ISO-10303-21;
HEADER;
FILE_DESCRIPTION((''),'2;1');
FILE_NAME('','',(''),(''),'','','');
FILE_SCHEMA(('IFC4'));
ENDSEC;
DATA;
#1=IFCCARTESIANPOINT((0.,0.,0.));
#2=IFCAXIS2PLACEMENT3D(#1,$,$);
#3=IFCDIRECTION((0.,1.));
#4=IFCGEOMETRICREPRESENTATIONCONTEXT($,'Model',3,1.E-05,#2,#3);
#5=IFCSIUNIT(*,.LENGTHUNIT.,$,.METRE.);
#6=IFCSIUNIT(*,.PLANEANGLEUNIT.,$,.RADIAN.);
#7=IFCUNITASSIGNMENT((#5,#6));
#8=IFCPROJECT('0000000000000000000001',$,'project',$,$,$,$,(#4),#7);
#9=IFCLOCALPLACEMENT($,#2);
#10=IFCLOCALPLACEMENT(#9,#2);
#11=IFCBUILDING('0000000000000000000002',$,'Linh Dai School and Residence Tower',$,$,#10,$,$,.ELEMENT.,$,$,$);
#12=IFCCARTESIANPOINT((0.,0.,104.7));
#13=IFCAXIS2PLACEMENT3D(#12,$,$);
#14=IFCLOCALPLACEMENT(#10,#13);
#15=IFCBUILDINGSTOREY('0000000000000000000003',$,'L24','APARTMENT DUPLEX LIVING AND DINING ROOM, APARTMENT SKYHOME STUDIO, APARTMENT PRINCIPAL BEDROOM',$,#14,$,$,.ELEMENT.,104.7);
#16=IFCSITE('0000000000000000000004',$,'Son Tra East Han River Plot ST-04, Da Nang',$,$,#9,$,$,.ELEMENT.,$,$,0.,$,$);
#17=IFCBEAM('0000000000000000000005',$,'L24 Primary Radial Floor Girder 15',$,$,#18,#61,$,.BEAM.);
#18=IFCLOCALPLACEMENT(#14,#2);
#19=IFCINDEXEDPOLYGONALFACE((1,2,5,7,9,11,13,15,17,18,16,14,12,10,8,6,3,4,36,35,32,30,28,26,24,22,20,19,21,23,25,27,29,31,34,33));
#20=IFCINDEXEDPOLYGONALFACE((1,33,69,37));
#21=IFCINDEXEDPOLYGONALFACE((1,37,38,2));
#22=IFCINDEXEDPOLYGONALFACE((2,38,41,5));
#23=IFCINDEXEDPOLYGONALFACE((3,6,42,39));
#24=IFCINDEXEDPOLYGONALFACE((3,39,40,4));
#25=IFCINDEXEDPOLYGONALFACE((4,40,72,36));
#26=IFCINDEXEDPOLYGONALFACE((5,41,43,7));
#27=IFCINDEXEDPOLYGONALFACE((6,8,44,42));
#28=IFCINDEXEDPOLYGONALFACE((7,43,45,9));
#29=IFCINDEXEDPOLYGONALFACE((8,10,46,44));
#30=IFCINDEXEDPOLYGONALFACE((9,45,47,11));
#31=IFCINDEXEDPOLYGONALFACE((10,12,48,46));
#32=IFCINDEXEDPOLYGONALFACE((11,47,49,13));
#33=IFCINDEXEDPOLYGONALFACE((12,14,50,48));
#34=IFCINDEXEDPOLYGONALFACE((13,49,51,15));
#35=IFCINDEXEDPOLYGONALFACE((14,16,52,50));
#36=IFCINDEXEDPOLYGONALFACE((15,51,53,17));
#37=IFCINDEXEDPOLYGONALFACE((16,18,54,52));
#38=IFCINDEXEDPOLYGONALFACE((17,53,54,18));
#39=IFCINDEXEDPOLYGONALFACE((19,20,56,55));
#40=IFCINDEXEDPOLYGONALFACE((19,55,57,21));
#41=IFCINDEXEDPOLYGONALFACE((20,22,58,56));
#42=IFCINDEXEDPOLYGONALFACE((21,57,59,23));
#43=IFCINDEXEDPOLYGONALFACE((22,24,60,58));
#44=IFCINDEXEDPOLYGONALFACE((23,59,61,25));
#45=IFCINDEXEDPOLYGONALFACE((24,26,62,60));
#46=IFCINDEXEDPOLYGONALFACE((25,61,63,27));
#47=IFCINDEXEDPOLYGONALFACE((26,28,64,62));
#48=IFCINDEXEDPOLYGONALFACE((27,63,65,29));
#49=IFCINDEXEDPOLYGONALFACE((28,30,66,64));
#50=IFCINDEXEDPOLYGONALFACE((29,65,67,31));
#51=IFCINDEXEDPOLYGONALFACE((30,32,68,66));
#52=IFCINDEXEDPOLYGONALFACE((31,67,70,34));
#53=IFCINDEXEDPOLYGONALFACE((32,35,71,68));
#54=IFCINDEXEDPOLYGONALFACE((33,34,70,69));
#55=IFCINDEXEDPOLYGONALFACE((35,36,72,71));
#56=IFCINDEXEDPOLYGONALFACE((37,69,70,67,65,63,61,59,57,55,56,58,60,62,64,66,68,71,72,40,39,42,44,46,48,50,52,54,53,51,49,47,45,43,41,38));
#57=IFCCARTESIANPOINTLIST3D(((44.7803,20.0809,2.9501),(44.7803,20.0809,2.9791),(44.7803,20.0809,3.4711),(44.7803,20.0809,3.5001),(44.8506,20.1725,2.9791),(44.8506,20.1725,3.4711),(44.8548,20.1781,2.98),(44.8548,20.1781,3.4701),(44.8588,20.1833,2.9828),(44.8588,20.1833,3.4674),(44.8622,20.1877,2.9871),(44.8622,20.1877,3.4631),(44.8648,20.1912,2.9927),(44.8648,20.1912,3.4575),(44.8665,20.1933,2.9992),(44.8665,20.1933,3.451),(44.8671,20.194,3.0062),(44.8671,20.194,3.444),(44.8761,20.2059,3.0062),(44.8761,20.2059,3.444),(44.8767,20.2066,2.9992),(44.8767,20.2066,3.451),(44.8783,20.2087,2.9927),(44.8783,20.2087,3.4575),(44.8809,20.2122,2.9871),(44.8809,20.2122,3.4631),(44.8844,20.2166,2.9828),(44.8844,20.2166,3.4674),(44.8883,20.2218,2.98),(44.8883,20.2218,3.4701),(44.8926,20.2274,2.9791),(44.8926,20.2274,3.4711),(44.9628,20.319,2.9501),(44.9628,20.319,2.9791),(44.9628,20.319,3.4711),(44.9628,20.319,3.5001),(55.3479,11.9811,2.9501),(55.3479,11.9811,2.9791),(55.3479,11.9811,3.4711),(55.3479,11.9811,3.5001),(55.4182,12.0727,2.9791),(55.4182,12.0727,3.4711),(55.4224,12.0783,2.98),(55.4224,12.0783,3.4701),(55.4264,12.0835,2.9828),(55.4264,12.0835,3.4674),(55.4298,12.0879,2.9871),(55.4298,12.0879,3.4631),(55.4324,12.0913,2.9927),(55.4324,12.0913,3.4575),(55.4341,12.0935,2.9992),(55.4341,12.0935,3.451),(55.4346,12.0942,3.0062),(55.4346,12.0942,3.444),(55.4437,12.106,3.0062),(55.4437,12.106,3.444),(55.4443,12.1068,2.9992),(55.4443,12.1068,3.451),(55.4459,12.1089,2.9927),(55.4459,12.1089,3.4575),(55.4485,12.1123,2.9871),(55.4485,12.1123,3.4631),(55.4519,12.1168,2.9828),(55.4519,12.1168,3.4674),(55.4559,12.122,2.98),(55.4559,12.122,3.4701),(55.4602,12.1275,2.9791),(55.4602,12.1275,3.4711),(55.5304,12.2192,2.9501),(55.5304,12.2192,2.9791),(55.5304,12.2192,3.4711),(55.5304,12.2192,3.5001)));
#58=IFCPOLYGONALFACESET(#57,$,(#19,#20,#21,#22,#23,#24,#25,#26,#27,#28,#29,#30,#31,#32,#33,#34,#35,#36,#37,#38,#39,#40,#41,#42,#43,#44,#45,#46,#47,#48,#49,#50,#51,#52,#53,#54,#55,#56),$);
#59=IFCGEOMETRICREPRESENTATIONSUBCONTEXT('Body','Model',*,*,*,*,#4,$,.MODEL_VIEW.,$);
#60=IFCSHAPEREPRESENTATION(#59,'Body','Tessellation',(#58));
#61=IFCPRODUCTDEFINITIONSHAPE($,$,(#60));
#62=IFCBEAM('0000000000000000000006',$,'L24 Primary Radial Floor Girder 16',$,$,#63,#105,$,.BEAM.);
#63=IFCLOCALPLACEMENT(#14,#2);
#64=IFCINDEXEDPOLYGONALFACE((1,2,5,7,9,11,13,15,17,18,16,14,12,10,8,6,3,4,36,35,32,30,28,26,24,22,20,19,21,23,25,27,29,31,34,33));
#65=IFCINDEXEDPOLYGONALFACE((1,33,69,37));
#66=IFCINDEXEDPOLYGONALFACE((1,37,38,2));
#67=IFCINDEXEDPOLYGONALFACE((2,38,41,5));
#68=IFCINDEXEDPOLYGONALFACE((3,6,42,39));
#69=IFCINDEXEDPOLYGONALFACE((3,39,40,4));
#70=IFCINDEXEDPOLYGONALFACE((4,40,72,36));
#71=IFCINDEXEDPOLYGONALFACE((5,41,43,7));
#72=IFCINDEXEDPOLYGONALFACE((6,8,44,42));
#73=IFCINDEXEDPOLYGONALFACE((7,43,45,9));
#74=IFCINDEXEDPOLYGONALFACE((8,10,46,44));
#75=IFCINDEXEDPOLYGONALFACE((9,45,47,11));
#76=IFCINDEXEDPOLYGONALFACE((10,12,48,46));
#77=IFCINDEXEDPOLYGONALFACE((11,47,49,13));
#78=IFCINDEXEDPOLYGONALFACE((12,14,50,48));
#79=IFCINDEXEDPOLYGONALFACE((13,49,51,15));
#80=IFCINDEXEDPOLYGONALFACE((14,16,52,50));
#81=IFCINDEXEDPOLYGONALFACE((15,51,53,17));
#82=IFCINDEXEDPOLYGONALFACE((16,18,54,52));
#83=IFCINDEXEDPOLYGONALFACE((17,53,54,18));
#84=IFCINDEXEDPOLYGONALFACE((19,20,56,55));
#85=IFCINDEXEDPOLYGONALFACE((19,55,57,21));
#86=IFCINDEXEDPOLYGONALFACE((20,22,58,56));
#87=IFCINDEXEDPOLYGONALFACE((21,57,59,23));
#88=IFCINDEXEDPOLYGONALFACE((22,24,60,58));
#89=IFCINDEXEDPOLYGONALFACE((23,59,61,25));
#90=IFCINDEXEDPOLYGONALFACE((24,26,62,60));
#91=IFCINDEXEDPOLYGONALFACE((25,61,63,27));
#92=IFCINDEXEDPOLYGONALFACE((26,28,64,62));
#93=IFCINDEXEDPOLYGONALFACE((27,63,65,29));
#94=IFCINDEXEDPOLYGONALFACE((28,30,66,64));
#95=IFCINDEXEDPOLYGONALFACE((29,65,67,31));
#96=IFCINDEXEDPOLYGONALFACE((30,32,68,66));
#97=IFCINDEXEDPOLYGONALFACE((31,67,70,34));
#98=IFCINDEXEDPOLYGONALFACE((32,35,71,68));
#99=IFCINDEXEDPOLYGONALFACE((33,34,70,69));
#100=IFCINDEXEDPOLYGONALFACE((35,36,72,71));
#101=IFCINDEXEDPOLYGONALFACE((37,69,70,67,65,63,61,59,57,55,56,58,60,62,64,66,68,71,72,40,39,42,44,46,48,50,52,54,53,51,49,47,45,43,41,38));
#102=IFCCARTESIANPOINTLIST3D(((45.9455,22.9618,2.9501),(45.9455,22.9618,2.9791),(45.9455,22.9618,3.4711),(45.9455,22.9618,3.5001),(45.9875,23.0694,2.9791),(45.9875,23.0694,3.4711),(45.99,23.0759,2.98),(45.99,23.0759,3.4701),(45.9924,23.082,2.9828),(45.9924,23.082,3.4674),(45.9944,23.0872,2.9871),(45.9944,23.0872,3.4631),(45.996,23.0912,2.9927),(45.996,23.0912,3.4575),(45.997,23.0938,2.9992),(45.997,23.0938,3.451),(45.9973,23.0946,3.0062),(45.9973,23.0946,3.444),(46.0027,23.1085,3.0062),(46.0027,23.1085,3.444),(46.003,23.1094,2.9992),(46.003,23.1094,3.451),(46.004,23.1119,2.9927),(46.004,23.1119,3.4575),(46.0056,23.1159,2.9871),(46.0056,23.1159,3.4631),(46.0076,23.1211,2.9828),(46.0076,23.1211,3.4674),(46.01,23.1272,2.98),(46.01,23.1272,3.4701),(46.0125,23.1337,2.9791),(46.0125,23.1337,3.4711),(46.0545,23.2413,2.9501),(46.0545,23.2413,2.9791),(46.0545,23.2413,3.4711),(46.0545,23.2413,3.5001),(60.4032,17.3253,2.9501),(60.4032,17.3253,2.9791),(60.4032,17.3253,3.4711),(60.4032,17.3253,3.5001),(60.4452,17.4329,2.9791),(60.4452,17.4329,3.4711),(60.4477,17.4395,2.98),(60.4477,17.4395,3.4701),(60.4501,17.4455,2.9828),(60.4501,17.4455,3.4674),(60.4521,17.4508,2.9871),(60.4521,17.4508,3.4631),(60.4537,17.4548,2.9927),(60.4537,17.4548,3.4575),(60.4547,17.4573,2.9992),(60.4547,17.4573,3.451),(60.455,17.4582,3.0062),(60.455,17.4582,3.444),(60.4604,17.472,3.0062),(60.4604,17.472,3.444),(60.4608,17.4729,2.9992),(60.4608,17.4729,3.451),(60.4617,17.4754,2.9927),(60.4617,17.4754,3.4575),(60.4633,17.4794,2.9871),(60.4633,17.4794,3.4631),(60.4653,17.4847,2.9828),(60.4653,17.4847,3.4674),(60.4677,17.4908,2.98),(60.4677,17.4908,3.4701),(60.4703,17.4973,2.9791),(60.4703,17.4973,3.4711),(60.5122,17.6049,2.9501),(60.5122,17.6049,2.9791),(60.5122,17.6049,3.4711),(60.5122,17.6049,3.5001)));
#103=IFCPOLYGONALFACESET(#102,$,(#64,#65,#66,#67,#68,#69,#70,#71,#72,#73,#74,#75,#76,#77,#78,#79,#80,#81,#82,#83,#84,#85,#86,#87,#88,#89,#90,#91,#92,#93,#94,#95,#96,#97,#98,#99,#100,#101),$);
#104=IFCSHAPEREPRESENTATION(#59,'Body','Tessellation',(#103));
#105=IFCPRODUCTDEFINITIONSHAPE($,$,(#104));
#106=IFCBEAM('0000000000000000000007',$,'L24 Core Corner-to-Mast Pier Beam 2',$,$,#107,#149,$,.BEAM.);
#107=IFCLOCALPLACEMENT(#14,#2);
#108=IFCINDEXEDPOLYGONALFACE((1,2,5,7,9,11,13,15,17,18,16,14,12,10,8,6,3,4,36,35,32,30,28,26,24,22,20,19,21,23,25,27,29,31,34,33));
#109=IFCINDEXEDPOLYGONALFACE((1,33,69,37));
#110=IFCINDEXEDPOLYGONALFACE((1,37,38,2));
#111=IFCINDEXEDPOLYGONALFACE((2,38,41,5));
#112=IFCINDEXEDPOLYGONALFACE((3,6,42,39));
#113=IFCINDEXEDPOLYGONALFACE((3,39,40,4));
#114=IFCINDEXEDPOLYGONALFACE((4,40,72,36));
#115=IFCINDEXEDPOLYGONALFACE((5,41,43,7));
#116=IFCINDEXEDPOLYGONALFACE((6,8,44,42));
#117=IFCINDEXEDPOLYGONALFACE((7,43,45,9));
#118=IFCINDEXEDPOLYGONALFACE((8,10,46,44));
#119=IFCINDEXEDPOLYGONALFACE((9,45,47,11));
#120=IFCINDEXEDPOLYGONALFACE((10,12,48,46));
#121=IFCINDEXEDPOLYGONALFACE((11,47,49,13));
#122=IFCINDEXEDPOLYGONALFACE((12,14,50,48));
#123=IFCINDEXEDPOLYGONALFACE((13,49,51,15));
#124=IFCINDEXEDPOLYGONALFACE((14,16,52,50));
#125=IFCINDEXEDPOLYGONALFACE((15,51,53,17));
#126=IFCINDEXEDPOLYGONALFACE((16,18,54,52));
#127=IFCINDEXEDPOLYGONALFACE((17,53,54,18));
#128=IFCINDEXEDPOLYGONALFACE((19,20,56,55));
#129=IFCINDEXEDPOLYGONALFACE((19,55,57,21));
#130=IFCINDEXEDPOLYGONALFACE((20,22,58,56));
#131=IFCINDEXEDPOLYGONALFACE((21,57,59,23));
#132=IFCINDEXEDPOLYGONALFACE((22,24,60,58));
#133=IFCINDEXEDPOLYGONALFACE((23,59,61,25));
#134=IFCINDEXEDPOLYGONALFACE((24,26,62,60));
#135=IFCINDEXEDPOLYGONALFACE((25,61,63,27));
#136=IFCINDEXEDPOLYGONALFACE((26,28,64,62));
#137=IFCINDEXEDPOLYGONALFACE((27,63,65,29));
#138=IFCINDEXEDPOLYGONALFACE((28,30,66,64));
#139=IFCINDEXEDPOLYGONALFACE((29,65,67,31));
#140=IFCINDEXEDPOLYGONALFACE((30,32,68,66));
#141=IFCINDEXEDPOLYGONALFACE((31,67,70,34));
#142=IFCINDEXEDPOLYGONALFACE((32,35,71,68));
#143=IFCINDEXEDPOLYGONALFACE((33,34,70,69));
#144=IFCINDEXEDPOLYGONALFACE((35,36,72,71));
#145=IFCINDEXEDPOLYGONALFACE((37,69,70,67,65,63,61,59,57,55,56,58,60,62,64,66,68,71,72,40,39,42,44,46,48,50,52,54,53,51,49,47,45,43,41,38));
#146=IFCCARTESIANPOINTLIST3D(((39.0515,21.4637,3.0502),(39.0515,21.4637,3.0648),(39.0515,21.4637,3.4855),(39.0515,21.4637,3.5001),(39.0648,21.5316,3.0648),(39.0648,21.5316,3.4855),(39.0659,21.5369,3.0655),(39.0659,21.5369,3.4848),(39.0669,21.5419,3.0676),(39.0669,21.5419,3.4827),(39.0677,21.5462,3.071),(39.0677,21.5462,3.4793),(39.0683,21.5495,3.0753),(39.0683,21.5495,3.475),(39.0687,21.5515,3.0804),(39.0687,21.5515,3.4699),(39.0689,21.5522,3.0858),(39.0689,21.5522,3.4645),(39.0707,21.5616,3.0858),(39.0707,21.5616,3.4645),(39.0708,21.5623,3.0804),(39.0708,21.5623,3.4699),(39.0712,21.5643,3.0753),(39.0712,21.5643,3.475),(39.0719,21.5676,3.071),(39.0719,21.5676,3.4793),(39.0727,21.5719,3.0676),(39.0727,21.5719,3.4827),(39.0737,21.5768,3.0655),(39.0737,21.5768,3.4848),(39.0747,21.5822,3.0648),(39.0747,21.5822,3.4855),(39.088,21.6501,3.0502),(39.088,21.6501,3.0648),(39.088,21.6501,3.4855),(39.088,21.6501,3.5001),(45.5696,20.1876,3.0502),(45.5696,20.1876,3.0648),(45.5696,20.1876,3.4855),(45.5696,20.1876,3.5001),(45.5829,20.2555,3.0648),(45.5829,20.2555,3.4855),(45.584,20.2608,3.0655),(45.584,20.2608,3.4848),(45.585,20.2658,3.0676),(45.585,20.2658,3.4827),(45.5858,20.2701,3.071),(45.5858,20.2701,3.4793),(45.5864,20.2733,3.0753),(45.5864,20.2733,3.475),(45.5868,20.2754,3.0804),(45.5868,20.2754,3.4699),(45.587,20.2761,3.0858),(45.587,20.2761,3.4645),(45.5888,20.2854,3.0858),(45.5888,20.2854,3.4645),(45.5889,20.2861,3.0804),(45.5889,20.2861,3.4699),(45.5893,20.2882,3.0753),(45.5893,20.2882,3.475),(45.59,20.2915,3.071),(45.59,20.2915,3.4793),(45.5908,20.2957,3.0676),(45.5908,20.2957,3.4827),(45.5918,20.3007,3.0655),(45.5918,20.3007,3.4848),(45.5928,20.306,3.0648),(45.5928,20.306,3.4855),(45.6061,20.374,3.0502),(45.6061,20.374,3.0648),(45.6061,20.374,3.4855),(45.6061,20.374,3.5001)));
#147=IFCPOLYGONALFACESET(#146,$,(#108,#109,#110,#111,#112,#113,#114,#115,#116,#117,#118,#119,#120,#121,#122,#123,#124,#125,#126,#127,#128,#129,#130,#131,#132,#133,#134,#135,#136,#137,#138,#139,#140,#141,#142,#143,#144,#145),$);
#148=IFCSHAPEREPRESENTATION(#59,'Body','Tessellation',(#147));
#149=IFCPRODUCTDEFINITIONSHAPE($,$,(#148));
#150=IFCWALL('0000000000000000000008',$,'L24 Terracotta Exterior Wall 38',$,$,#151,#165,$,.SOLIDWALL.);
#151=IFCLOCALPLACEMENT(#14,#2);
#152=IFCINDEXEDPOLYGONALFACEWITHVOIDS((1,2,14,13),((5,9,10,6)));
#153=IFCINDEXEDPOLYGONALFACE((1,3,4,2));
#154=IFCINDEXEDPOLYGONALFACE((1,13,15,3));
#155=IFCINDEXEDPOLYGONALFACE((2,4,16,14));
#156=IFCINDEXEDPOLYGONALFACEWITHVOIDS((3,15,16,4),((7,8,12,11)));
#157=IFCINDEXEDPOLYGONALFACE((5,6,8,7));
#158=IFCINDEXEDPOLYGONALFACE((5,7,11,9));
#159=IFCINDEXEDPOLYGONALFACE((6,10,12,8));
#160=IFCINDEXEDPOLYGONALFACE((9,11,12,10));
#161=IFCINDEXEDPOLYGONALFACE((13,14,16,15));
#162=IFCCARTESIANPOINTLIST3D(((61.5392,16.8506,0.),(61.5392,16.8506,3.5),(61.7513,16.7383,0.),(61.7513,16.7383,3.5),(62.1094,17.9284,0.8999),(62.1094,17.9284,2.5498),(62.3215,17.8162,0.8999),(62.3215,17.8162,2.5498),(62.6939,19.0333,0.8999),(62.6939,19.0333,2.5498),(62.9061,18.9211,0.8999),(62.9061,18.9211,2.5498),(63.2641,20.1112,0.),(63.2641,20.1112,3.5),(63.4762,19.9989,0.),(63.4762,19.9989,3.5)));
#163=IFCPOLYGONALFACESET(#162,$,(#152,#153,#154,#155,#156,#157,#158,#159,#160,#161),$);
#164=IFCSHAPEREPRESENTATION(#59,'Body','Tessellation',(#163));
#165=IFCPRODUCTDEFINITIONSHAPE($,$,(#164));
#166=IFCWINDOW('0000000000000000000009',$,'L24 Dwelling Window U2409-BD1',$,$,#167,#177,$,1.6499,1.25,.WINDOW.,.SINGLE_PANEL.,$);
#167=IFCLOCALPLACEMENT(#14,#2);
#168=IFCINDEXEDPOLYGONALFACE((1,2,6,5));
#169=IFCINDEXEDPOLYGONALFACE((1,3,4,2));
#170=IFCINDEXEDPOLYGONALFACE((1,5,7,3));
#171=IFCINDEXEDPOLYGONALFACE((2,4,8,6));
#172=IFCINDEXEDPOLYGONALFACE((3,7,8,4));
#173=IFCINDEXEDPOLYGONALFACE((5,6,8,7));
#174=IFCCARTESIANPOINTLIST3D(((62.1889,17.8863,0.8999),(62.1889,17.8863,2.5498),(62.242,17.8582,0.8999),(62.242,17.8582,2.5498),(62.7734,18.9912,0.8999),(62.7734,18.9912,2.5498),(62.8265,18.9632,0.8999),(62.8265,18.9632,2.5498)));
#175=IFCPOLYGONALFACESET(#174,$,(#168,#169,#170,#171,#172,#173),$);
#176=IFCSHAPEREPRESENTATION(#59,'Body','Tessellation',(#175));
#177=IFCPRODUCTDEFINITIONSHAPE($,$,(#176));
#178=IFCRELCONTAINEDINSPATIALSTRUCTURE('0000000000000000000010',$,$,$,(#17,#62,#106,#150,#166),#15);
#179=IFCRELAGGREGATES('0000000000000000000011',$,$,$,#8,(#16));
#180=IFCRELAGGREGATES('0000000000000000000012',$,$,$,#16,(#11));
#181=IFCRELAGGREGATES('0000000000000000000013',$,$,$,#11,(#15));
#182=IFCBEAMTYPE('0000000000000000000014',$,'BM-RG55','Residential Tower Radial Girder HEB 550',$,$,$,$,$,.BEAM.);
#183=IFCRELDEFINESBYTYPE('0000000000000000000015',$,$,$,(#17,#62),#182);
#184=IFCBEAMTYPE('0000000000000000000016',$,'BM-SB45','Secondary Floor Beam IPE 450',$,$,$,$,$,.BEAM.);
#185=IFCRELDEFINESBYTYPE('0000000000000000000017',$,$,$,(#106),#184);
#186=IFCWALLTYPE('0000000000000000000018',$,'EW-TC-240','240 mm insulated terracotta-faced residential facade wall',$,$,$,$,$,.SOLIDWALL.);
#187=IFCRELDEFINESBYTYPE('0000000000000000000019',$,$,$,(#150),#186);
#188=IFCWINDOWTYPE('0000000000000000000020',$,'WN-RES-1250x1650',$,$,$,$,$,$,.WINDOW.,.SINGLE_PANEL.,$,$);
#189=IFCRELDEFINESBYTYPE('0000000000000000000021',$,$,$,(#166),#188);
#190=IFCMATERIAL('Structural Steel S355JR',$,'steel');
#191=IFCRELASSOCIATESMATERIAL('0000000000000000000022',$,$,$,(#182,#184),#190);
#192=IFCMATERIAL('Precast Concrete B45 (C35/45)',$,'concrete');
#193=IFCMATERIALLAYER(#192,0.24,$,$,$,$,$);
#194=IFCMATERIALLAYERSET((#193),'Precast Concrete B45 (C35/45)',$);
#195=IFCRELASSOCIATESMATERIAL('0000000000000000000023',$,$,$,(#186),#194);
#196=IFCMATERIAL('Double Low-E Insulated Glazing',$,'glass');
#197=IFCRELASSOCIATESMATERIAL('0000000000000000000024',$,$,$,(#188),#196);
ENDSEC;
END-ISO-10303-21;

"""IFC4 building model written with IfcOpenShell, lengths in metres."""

from ifc_helpers import new_model, si_unit, direction, frame, frame_2d, origin, origin_2d, place, context, subcontext, project, spatial, rectangle, i_section, extrude, source, transform, mapped, material, layer, layer_set, material_profile, profile_set, type_object, element, fill, save


model = new_model("IFC4")

# Units and contexts
model_context = context("Model", 3, precision=1e-05, world=origin(), true_north=direction((0.0, 1.0)))
body_context = subcontext(model_context, "Body", "Model", "MODEL_VIEW")
ifc_project = project(units=[si_unit("LENGTHUNIT", "METRE"), si_unit("PLANEANGLEUNIT", "RADIAN")], contexts=[model_context])

# Site, building, storey
site_placement = place(None, origin())
site = spatial("IfcSite", under=ifc_project, at=site_placement, Name="Son Tra East Han River Plot ST-04, Da Nang", CompositionType="ELEMENT", RefElevation=0.0)
building_placement = place(site_placement, origin())
building = spatial("IfcBuilding", under=site, at=building_placement, Name="Linh Dai School and Residence Tower", CompositionType="ELEMENT")
storey_placement = place(building_placement, frame((0.0, 0.0, 104.7)))
storey = spatial("IfcBuildingStorey", under=building, at=storey_placement, Name="L24", Description="APARTMENT DUPLEX LIVING AND DINING ROOM, APARTMENT SKYHOME STUDIO, APARTMENT PRINCIPAL BEDROOM", CompositionType="ELEMENT", Elevation=104.7)

# Shared definitions
ifc_material_1 = material(Name="Structural Steel S355JR", Category="steel")

# Beams
ifc_material_profile_1 = material_profile(ifc_material_1, i_section(OverallWidth=0.3, OverallDepth=0.55, WebThickness=0.0149, FlangeThickness=0.0291, FilletRadius=0.0271, at=origin_2d()), Name="HEB 550")
ifc_profile_set_1 = profile_set([ifc_material_profile_1], Name="Structural Steel S355JR")
beam_type_1 = type_object("IfcBeamType", Name="BM-RG55", Description="Residential Tower Radial Girder HEB 550", PredefinedType="BEAM", material=ifc_profile_set_1)
beam_1_placement = place(storey_placement, frame((44.8716, 20.2, 3.2251), z_axis=(0.793679, -0.608337, 0.0), x_axis=(0.608337, 0.793679, 0.0)))
element("IfcBeam", 1, at=beam_1_placement, inside=storey, type_object=beam_type_1, Name="L24 Primary Radial Floor Girder 15", PredefinedType="BEAM", context=body_context, shape_type="SweptSolid", body=[
    extrude(i_section(OverallWidth=0.3, OverallDepth=0.55, WebThickness=0.0149, FlangeThickness=0.0291, FilletRadius=0.0271, at=origin_2d()), origin(), (0.0, 0.0, 1.0), 13.3147),
])
beam_2_placement = place(storey_placement, frame((46.0, 23.1016, 3.2251), z_axis=(0.931699, -0.36323, 0.0), x_axis=(0.36323, 0.931699, 0.0)))
element("IfcBeam", 2, at=beam_2_placement, inside=storey, type_object=beam_type_1, Name="L24 Primary Radial Floor Girder 16", PredefinedType="BEAM", context=body_context, shape_type="SweptSolid", body=[
    extrude(i_section(OverallWidth=0.3, OverallDepth=0.55, WebThickness=0.0149, FlangeThickness=0.0291, FilletRadius=0.0271, at=origin_2d()), origin(), (0.0, 0.0, 1.0), 15.5176),
])
ifc_material_profile_2 = material_profile(ifc_material_1, i_section(OverallWidth=0.1899, OverallDepth=0.45, WebThickness=0.0095, FlangeThickness=0.0146, FilletRadius=0.021, at=origin_2d()), Name="IPE 450")
ifc_profile_set_2 = profile_set([ifc_material_profile_2], Name="Structural Steel S355JR")
beam_type_2 = type_object("IfcBeamType", Name="BM-SB45", Description="Secondary Floor Beam IPE 450", PredefinedType="BEAM", material=ifc_profile_set_2)
beam_3_placement = place(storey_placement, frame((45.5879, 20.2808, 3.2751), z_axis=(-0.981369, 0.192135, 0.0), x_axis=(-0.192135, -0.981369, 0.0)))
element("IfcBeam", 3, at=beam_3_placement, inside=storey, type_object=beam_type_2, Name="L24 Core Corner-to-Mast Pier Beam 2", PredefinedType="BEAM", context=body_context, shape_type="SweptSolid", body=[
    extrude(i_section(OverallWidth=0.1899, OverallDepth=0.45, WebThickness=0.0095, FlangeThickness=0.0146, FilletRadius=0.021, at=origin_2d()), origin(), (0.0, 0.0, 1.0), 6.6418),
])

# Wall, opening, window
ifc_material_2 = material(Name="Precast Concrete B45 (C35/45)", Category="concrete")
ifc_layer_1 = layer(ifc_material_2, 0.24)
ifc_layer_set_1 = layer_set([ifc_layer_1], Name="Precast Concrete B45 (C35/45)")
wall_type_1 = type_object("IfcWallType", Name="EW-TC-240", Description="240 mm insulated terracotta-faced residential facade wall", PredefinedType="SOLIDWALL", material=ifc_layer_set_1)
wall_1_placement = place(storey_placement, frame((63.3701, 20.0549, 0.0), z_axis=(0.0, 0.0, 1.0), x_axis=(-0.467614, -0.883933, 0.0)))
wall_1 = element("IfcWall", 4, at=wall_1_placement, inside=storey, type_object=wall_type_1, Name="L24 Terracotta Exterior Wall 38", PredefinedType="SOLIDWALL", context=body_context, shape_type="SweptSolid", body=[
    extrude(rectangle(XDim=3.6887, YDim=0.24, at=frame_2d((1.8442, 0.0))), origin(), (0.0, 0.0, 1.0), 3.5),
])
opening_1_placement = place(wall_1_placement, frame((1.2192, 0.0, 0.8999)))
opening_1 = element("IfcOpeningElement", 5, at=opening_1_placement, cuts=wall_1, PredefinedType="OPENING", context=body_context, shape_type="SweptSolid", body=[
    extrude(rectangle(XDim=1.25, YDim=1.6499, at=origin_2d()), frame((0.625, 0.1299, 0.825), z_axis=(0.0, -1.0, 0.0), x_axis=(1.0, 0.0, 0.0)), (0.0, 0.0, 1.0), 0.26),
])
ifc_material_3 = material(Name="Double Low-E Insulated Glazing", Category="glass")
window_type = type_object("IfcWindowType", Name="WN-RES-1250x1650", PartitioningType="SINGLE_PANEL", PredefinedType="WINDOW", material=ifc_material_3)
shared_shape_1 = source(origin(), body_context, "Body", "SweptSolid", [
    extrude(rectangle(XDim=1.25, YDim=1.6499, at=origin_2d()), frame((0.625, 0.03, 0.825), z_axis=(0.0, -1.0, 0.0), x_axis=(1.0, 0.0, 0.0)), (0.0, 0.0, 1.0), 0.0601),
])
window_placement = place(opening_1_placement, origin())
window = element("IfcWindow", 6, at=window_placement, inside=storey, type_object=window_type, Name="L24 Dwelling Window U2409-BD1", OverallHeight=1.6499, OverallWidth=1.25, PartitioningType="SINGLE_PANEL", PredefinedType="WINDOW", context=body_context, shape_type="MappedRepresentation", body=[
    mapped(shared_shape_1, transform((0.0, 0.0, 0.0), x_axis=(1.0, 0.0, 0.0), y_axis=(0.0, 1.0, 0.0), z_axis=(0.0, 0.0, 1.0), scale=1.0)),
])
fill(opening_1, window)

save(model, "model.ifc")
